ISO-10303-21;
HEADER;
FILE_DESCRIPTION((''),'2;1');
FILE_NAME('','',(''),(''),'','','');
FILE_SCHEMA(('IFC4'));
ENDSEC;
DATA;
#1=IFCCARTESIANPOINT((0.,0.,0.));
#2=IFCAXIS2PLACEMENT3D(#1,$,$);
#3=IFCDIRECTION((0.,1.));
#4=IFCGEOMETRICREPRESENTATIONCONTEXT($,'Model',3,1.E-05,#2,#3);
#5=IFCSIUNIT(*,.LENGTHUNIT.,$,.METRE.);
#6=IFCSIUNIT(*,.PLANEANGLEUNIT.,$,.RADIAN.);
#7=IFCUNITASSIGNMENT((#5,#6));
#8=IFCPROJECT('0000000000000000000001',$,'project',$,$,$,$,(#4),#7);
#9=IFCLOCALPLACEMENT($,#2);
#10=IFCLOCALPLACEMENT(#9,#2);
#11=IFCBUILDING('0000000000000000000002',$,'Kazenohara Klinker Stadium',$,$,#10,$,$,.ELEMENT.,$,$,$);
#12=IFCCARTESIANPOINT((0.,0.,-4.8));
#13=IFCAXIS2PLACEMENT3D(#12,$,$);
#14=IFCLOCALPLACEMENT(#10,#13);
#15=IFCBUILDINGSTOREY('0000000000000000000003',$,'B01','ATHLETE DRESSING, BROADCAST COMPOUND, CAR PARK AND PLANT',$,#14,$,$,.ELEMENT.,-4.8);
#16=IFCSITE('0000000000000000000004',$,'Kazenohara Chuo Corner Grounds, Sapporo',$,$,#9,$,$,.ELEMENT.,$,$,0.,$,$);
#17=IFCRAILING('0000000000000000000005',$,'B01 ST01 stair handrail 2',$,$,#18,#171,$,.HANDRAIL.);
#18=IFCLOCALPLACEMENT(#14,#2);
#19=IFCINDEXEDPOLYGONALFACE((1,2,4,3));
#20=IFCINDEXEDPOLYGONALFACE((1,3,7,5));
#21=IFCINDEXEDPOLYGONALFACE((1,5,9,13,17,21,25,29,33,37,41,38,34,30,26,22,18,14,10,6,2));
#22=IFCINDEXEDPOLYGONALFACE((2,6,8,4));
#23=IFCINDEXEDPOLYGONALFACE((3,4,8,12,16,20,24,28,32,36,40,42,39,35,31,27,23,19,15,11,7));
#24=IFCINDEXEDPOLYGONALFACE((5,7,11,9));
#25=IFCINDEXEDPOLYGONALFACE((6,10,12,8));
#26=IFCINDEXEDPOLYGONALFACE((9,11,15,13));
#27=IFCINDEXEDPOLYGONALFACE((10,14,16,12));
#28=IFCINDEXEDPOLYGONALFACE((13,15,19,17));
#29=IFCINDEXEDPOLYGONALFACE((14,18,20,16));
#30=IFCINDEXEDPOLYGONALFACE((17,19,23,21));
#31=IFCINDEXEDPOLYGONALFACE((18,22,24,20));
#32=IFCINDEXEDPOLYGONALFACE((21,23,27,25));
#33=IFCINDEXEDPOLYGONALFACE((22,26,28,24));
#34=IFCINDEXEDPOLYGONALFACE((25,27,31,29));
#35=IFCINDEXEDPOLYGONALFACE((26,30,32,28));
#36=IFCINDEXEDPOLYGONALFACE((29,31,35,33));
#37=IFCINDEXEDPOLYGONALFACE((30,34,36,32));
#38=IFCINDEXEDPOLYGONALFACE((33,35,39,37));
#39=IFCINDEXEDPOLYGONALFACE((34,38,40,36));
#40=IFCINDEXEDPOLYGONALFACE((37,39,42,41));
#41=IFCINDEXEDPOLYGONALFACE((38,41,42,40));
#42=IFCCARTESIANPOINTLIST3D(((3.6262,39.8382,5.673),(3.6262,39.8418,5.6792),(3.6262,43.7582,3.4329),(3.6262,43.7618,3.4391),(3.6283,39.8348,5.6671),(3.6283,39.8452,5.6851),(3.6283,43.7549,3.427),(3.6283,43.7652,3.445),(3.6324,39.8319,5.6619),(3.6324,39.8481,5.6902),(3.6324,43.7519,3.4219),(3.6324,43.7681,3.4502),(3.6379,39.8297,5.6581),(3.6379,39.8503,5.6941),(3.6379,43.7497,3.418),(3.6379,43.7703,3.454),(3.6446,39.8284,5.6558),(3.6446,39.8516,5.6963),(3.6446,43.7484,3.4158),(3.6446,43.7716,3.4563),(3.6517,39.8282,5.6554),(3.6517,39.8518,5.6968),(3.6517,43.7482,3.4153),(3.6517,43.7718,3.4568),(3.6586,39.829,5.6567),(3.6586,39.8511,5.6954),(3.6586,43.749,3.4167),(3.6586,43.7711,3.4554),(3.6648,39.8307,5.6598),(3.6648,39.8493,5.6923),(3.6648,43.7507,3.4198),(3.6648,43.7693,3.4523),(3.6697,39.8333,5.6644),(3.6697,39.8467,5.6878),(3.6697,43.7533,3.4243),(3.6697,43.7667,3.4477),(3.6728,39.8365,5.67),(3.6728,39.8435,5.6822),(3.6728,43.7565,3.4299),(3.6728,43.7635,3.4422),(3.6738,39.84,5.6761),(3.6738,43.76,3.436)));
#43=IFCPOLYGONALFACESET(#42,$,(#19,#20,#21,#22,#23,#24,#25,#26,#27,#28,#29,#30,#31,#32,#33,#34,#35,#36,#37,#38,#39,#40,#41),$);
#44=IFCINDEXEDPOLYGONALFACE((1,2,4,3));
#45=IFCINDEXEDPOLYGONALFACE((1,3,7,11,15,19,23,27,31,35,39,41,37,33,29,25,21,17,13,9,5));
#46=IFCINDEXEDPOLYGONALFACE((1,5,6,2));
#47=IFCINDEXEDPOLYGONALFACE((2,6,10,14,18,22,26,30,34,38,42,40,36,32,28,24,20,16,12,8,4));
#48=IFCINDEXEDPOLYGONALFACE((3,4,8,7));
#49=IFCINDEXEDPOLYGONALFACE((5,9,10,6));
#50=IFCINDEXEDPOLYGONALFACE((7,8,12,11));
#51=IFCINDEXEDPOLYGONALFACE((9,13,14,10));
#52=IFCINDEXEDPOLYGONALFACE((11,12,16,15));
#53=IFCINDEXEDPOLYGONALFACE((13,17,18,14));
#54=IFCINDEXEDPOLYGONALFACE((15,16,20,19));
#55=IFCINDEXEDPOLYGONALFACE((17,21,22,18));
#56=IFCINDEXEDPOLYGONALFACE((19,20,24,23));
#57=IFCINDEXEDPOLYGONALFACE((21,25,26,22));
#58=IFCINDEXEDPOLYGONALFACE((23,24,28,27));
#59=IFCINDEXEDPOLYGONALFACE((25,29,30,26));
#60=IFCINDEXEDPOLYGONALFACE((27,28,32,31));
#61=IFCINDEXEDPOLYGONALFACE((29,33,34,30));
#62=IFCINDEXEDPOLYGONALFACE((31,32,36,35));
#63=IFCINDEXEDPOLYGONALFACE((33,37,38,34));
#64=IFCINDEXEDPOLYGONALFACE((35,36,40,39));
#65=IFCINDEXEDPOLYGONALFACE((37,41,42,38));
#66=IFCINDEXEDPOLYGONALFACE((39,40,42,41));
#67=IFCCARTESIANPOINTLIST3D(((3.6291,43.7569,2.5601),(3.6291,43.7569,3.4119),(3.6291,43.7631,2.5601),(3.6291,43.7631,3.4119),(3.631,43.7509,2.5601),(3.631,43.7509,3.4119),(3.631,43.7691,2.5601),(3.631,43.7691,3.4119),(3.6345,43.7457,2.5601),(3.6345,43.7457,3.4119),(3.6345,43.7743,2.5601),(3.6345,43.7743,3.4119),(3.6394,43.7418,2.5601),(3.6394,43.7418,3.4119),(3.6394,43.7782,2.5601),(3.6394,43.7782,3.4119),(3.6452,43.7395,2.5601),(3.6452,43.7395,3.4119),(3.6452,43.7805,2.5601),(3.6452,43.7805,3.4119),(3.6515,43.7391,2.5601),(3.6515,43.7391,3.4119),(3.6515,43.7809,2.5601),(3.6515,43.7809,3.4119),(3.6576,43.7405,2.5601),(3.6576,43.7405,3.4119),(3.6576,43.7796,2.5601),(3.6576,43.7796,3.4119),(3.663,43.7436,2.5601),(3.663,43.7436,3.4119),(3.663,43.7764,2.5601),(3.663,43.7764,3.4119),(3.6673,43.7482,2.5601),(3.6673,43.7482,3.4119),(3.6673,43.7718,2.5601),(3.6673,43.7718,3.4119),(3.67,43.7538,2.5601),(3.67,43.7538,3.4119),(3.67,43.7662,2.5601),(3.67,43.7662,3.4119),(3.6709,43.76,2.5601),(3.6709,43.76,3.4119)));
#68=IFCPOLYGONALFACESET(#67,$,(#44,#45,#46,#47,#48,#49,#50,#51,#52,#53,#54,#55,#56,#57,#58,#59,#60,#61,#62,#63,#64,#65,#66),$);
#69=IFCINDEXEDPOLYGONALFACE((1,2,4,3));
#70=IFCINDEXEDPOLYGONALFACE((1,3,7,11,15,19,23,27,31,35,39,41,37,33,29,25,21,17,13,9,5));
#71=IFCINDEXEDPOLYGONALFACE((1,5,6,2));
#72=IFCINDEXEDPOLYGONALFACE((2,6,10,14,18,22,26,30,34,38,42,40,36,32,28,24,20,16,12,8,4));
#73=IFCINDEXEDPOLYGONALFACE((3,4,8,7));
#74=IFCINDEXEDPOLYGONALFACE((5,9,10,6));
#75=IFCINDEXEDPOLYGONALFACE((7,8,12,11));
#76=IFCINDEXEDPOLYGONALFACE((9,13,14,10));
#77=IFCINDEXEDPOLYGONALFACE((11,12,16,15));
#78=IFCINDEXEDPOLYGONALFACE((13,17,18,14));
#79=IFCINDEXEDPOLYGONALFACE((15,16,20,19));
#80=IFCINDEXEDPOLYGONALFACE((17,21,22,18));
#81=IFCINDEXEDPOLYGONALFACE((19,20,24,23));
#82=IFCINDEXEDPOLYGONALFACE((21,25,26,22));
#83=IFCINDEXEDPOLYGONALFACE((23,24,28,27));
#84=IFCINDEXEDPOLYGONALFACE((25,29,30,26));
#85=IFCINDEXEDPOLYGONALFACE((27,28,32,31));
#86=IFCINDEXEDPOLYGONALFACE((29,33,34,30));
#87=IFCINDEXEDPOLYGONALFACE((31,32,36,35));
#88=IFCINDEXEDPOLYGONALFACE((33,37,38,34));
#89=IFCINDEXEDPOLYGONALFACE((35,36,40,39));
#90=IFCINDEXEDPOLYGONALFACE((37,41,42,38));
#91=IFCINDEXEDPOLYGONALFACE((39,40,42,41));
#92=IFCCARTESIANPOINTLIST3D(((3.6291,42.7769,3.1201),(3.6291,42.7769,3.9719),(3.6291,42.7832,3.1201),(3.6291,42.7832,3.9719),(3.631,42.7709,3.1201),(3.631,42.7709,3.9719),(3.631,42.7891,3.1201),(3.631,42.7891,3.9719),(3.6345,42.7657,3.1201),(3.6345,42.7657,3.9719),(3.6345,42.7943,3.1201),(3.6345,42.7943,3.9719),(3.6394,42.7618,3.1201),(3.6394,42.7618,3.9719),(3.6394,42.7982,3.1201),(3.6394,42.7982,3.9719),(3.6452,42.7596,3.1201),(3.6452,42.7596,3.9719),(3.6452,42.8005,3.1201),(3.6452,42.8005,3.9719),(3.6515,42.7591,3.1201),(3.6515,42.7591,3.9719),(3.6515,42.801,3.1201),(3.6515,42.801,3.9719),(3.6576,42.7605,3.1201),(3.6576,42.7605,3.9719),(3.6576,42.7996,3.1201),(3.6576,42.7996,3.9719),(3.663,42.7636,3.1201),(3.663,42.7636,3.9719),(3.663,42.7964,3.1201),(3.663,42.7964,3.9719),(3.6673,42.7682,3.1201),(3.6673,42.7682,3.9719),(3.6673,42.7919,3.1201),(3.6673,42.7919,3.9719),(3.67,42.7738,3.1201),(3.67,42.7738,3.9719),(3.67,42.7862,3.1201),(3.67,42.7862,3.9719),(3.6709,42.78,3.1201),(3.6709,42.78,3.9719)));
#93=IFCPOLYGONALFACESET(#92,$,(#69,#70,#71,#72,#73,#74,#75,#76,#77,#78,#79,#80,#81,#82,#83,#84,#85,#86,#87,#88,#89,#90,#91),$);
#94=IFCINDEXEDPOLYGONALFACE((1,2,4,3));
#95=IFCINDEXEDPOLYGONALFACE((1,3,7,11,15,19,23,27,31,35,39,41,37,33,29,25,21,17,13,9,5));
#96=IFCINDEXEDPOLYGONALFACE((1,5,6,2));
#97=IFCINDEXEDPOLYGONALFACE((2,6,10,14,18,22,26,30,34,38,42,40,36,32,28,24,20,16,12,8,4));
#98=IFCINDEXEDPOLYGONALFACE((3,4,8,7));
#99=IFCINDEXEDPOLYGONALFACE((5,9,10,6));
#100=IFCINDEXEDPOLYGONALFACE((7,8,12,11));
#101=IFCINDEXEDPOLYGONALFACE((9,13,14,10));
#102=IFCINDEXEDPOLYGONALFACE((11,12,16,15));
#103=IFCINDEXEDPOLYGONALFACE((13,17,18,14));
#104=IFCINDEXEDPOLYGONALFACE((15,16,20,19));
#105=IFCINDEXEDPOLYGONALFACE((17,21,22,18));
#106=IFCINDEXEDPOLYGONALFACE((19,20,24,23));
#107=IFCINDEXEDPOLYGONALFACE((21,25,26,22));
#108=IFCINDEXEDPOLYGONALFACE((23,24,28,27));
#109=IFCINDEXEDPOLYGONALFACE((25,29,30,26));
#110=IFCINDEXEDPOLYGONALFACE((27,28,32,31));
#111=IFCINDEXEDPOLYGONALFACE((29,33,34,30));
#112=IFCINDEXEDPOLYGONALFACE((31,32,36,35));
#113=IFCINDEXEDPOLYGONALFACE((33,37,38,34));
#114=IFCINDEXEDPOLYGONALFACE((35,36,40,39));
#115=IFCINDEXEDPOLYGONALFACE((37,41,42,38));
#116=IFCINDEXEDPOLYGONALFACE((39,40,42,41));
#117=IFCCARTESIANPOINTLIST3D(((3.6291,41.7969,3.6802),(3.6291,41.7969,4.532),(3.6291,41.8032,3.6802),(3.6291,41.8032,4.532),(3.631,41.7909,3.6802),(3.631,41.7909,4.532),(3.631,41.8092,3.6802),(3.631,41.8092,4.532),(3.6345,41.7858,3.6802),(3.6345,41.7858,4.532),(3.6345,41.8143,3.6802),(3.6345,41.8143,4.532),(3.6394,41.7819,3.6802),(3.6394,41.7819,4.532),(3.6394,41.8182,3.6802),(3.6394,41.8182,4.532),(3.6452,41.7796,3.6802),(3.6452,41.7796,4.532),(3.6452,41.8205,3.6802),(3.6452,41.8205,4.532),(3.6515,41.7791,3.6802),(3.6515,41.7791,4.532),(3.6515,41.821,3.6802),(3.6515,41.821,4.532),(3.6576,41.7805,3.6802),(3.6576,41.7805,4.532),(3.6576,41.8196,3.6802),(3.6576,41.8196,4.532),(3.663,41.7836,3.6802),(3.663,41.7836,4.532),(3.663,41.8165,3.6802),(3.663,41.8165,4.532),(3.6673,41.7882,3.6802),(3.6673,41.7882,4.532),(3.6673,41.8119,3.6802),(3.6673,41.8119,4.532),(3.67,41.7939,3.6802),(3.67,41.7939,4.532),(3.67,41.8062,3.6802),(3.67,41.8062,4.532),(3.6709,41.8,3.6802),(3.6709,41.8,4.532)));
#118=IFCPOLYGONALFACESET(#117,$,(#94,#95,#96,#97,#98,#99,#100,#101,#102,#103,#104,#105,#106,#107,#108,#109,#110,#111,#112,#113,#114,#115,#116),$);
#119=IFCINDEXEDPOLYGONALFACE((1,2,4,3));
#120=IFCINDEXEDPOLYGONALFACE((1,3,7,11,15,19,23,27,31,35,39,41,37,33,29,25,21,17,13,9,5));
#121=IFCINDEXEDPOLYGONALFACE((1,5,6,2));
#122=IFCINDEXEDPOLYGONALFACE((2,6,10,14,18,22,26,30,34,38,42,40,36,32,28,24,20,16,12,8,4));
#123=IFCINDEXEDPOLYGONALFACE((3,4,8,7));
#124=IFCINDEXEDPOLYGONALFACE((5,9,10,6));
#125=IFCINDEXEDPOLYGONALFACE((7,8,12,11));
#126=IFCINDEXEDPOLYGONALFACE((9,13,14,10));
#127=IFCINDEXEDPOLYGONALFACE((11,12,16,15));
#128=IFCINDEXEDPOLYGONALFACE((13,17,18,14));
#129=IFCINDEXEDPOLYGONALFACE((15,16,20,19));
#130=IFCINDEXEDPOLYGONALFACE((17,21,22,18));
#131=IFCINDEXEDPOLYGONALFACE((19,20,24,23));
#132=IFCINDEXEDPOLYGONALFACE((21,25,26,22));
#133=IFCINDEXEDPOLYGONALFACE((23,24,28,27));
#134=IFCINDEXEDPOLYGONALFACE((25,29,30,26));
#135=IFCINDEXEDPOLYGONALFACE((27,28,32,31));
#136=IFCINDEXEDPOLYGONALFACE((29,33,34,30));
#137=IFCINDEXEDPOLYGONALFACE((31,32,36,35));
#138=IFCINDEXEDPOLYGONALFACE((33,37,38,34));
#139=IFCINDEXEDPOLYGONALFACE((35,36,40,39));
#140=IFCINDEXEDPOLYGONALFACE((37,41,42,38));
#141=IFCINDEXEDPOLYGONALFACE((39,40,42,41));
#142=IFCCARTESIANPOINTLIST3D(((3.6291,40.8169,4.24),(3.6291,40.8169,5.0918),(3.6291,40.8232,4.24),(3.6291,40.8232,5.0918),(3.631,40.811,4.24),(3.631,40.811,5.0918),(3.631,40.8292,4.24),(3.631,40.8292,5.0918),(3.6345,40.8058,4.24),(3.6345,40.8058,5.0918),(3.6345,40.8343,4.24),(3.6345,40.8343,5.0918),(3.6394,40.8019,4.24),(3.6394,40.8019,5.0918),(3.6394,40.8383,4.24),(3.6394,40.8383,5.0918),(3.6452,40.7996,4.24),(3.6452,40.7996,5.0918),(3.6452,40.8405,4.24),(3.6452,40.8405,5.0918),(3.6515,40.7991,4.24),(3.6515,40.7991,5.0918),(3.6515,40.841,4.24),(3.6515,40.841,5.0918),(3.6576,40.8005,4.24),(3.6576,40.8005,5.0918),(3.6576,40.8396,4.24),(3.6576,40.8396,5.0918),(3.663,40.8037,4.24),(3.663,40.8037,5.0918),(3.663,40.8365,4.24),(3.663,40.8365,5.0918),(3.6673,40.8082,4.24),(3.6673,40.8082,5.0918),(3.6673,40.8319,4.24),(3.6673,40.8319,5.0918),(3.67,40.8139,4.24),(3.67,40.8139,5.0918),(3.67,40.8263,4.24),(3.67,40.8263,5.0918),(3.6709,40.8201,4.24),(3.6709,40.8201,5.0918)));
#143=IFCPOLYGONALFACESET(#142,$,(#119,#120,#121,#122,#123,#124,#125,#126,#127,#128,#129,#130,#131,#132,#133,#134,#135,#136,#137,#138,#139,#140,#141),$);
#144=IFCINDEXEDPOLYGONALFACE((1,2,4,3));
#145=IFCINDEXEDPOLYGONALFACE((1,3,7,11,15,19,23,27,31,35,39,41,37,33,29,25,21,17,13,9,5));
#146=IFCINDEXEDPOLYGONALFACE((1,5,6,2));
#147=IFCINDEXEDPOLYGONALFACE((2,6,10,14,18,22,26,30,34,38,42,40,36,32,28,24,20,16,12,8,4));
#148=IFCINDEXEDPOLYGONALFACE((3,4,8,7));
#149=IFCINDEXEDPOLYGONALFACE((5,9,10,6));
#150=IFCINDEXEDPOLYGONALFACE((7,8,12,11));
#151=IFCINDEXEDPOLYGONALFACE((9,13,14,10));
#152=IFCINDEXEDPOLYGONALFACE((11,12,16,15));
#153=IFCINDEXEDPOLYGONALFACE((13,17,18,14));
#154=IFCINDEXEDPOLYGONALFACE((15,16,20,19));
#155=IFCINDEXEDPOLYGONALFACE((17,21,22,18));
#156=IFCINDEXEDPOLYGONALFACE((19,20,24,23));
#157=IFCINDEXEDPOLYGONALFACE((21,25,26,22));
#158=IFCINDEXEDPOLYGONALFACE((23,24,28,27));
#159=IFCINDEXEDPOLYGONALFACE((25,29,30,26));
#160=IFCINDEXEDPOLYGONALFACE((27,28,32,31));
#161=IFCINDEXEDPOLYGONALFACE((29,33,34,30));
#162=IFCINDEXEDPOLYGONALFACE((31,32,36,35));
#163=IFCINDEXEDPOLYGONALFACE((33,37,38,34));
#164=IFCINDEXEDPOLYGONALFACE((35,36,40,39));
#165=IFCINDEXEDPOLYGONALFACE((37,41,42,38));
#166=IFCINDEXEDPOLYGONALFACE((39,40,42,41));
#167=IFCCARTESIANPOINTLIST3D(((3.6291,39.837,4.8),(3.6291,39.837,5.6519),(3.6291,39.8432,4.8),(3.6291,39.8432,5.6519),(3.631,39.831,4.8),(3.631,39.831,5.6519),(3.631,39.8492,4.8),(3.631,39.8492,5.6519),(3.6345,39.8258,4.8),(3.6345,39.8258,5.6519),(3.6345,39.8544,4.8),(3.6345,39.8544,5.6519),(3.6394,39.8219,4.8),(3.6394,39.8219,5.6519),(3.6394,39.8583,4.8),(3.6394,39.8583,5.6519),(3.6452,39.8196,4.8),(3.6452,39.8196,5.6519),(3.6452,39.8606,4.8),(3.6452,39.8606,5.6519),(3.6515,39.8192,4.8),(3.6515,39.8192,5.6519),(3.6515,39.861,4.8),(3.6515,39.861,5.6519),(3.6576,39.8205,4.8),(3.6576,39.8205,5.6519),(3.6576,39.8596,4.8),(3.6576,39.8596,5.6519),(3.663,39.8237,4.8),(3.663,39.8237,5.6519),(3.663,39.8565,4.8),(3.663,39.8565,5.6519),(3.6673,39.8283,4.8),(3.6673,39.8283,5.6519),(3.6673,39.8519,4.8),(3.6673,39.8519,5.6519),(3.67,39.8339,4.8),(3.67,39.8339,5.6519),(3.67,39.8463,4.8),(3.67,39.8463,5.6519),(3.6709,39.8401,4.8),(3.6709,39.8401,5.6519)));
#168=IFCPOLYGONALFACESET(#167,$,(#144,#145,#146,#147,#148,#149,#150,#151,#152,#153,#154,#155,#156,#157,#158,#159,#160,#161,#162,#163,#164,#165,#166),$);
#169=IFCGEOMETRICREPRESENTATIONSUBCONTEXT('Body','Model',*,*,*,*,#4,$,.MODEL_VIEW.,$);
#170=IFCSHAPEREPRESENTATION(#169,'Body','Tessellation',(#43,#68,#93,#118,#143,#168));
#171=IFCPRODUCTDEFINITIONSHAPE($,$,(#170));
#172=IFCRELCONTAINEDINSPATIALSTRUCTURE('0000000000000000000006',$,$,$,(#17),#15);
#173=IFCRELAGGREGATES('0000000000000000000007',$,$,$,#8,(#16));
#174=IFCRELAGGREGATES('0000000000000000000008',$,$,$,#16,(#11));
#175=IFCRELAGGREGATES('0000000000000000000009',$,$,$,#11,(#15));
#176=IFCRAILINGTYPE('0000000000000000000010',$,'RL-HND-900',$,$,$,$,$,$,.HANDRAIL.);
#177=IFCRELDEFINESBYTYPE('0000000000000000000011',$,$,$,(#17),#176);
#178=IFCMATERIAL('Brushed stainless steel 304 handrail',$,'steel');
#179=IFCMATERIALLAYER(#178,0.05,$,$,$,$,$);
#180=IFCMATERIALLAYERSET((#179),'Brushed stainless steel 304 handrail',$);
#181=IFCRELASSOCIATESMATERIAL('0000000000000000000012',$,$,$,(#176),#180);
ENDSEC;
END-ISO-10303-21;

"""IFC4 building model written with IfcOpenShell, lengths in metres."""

from ifc_helpers import new_model, si_unit, direction, frame, origin, origin_2d, place, context, subcontext, project, spatial, circle, extrude, material, layer, layer_set, type_object, element, save


model = new_model("IFC4")

# Units and contexts
model_context = context("Model", 3, precision=1e-05, world=origin(), true_north=direction((0.0, 1.0)))
body_context = subcontext(model_context, "Body", "Model", "MODEL_VIEW")
ifc_project = project(units=[si_unit("LENGTHUNIT", "METRE"), si_unit("PLANEANGLEUNIT", "RADIAN")], contexts=[model_context])

# Site, building, storey
site_placement = place(None, origin())
site = spatial("IfcSite", under=ifc_project, at=site_placement, Name="Kazenohara Chuo Corner Grounds, Sapporo", CompositionType="ELEMENT", RefElevation=0.0)
building_placement = place(site_placement, origin())
building = spatial("IfcBuilding", under=site, at=building_placement, Name="Kazenohara Klinker Stadium", CompositionType="ELEMENT")
storey_placement = place(building_placement, frame((0.0, 0.0, -4.8)))
storey = spatial("IfcBuildingStorey", under=building, at=storey_placement, Name="B01", Description="ATHLETE DRESSING, BROADCAST COMPOUND, CAR PARK AND PLANT", CompositionType="ELEMENT", Elevation=-4.8)

# Railing
ifc_material_1 = material(Name="Brushed stainless steel 304 handrail", Category="steel")
ifc_layer_1 = layer(ifc_material_1, 0.05)
ifc_layer_set_1 = layer_set([ifc_layer_1], Name="Brushed stainless steel 304 handrail")
railing_type = type_object("IfcRailingType", Name="RL-HND-900", PredefinedType="HANDRAIL", material=ifc_layer_set_1)
railing_placement = place(storey_placement, frame((3.6499, 43.76, 2.5601)))
element("IfcRailing", 1, at=railing_placement, inside=storey, type_object=railing_type, Name="B01 ST01 stair handrail 2", PredefinedType="HANDRAIL", context=body_context, shape_type="SweptSolid", body=[
    extrude(circle(Radius=0.0239, at=origin_2d()), frame((0.0, 0.0, 0.876), z_axis=(0.0, -0.86824, 0.496145), x_axis=(1.0, 0.0, 0.0)), (0.0, 0.0, 1.0), 4.5149),
    extrude(circle(Radius=0.021, at=origin_2d()), origin(), (0.0, 0.0, 1.0), 0.8518),
    extrude(circle(Radius=0.021, at=origin_2d()), frame((0.0, -0.98, 0.5601)), (0.0, 0.0, 1.0), 0.8518),
    extrude(circle(Radius=0.021, at=origin_2d()), frame((0.0, -1.96, 1.1201)), (0.0, 0.0, 1.0), 0.8518),
    extrude(circle(Radius=0.021, at=origin_2d()), frame((0.0, -2.9399, 1.6799)), (0.0, 0.0, 1.0), 0.8518),
    extrude(circle(Radius=0.021, at=origin_2d()), frame((0.0, -3.9199, 2.24)), (0.0, 0.0, 1.0), 0.8518),
])

save(model, "model.ifc")
